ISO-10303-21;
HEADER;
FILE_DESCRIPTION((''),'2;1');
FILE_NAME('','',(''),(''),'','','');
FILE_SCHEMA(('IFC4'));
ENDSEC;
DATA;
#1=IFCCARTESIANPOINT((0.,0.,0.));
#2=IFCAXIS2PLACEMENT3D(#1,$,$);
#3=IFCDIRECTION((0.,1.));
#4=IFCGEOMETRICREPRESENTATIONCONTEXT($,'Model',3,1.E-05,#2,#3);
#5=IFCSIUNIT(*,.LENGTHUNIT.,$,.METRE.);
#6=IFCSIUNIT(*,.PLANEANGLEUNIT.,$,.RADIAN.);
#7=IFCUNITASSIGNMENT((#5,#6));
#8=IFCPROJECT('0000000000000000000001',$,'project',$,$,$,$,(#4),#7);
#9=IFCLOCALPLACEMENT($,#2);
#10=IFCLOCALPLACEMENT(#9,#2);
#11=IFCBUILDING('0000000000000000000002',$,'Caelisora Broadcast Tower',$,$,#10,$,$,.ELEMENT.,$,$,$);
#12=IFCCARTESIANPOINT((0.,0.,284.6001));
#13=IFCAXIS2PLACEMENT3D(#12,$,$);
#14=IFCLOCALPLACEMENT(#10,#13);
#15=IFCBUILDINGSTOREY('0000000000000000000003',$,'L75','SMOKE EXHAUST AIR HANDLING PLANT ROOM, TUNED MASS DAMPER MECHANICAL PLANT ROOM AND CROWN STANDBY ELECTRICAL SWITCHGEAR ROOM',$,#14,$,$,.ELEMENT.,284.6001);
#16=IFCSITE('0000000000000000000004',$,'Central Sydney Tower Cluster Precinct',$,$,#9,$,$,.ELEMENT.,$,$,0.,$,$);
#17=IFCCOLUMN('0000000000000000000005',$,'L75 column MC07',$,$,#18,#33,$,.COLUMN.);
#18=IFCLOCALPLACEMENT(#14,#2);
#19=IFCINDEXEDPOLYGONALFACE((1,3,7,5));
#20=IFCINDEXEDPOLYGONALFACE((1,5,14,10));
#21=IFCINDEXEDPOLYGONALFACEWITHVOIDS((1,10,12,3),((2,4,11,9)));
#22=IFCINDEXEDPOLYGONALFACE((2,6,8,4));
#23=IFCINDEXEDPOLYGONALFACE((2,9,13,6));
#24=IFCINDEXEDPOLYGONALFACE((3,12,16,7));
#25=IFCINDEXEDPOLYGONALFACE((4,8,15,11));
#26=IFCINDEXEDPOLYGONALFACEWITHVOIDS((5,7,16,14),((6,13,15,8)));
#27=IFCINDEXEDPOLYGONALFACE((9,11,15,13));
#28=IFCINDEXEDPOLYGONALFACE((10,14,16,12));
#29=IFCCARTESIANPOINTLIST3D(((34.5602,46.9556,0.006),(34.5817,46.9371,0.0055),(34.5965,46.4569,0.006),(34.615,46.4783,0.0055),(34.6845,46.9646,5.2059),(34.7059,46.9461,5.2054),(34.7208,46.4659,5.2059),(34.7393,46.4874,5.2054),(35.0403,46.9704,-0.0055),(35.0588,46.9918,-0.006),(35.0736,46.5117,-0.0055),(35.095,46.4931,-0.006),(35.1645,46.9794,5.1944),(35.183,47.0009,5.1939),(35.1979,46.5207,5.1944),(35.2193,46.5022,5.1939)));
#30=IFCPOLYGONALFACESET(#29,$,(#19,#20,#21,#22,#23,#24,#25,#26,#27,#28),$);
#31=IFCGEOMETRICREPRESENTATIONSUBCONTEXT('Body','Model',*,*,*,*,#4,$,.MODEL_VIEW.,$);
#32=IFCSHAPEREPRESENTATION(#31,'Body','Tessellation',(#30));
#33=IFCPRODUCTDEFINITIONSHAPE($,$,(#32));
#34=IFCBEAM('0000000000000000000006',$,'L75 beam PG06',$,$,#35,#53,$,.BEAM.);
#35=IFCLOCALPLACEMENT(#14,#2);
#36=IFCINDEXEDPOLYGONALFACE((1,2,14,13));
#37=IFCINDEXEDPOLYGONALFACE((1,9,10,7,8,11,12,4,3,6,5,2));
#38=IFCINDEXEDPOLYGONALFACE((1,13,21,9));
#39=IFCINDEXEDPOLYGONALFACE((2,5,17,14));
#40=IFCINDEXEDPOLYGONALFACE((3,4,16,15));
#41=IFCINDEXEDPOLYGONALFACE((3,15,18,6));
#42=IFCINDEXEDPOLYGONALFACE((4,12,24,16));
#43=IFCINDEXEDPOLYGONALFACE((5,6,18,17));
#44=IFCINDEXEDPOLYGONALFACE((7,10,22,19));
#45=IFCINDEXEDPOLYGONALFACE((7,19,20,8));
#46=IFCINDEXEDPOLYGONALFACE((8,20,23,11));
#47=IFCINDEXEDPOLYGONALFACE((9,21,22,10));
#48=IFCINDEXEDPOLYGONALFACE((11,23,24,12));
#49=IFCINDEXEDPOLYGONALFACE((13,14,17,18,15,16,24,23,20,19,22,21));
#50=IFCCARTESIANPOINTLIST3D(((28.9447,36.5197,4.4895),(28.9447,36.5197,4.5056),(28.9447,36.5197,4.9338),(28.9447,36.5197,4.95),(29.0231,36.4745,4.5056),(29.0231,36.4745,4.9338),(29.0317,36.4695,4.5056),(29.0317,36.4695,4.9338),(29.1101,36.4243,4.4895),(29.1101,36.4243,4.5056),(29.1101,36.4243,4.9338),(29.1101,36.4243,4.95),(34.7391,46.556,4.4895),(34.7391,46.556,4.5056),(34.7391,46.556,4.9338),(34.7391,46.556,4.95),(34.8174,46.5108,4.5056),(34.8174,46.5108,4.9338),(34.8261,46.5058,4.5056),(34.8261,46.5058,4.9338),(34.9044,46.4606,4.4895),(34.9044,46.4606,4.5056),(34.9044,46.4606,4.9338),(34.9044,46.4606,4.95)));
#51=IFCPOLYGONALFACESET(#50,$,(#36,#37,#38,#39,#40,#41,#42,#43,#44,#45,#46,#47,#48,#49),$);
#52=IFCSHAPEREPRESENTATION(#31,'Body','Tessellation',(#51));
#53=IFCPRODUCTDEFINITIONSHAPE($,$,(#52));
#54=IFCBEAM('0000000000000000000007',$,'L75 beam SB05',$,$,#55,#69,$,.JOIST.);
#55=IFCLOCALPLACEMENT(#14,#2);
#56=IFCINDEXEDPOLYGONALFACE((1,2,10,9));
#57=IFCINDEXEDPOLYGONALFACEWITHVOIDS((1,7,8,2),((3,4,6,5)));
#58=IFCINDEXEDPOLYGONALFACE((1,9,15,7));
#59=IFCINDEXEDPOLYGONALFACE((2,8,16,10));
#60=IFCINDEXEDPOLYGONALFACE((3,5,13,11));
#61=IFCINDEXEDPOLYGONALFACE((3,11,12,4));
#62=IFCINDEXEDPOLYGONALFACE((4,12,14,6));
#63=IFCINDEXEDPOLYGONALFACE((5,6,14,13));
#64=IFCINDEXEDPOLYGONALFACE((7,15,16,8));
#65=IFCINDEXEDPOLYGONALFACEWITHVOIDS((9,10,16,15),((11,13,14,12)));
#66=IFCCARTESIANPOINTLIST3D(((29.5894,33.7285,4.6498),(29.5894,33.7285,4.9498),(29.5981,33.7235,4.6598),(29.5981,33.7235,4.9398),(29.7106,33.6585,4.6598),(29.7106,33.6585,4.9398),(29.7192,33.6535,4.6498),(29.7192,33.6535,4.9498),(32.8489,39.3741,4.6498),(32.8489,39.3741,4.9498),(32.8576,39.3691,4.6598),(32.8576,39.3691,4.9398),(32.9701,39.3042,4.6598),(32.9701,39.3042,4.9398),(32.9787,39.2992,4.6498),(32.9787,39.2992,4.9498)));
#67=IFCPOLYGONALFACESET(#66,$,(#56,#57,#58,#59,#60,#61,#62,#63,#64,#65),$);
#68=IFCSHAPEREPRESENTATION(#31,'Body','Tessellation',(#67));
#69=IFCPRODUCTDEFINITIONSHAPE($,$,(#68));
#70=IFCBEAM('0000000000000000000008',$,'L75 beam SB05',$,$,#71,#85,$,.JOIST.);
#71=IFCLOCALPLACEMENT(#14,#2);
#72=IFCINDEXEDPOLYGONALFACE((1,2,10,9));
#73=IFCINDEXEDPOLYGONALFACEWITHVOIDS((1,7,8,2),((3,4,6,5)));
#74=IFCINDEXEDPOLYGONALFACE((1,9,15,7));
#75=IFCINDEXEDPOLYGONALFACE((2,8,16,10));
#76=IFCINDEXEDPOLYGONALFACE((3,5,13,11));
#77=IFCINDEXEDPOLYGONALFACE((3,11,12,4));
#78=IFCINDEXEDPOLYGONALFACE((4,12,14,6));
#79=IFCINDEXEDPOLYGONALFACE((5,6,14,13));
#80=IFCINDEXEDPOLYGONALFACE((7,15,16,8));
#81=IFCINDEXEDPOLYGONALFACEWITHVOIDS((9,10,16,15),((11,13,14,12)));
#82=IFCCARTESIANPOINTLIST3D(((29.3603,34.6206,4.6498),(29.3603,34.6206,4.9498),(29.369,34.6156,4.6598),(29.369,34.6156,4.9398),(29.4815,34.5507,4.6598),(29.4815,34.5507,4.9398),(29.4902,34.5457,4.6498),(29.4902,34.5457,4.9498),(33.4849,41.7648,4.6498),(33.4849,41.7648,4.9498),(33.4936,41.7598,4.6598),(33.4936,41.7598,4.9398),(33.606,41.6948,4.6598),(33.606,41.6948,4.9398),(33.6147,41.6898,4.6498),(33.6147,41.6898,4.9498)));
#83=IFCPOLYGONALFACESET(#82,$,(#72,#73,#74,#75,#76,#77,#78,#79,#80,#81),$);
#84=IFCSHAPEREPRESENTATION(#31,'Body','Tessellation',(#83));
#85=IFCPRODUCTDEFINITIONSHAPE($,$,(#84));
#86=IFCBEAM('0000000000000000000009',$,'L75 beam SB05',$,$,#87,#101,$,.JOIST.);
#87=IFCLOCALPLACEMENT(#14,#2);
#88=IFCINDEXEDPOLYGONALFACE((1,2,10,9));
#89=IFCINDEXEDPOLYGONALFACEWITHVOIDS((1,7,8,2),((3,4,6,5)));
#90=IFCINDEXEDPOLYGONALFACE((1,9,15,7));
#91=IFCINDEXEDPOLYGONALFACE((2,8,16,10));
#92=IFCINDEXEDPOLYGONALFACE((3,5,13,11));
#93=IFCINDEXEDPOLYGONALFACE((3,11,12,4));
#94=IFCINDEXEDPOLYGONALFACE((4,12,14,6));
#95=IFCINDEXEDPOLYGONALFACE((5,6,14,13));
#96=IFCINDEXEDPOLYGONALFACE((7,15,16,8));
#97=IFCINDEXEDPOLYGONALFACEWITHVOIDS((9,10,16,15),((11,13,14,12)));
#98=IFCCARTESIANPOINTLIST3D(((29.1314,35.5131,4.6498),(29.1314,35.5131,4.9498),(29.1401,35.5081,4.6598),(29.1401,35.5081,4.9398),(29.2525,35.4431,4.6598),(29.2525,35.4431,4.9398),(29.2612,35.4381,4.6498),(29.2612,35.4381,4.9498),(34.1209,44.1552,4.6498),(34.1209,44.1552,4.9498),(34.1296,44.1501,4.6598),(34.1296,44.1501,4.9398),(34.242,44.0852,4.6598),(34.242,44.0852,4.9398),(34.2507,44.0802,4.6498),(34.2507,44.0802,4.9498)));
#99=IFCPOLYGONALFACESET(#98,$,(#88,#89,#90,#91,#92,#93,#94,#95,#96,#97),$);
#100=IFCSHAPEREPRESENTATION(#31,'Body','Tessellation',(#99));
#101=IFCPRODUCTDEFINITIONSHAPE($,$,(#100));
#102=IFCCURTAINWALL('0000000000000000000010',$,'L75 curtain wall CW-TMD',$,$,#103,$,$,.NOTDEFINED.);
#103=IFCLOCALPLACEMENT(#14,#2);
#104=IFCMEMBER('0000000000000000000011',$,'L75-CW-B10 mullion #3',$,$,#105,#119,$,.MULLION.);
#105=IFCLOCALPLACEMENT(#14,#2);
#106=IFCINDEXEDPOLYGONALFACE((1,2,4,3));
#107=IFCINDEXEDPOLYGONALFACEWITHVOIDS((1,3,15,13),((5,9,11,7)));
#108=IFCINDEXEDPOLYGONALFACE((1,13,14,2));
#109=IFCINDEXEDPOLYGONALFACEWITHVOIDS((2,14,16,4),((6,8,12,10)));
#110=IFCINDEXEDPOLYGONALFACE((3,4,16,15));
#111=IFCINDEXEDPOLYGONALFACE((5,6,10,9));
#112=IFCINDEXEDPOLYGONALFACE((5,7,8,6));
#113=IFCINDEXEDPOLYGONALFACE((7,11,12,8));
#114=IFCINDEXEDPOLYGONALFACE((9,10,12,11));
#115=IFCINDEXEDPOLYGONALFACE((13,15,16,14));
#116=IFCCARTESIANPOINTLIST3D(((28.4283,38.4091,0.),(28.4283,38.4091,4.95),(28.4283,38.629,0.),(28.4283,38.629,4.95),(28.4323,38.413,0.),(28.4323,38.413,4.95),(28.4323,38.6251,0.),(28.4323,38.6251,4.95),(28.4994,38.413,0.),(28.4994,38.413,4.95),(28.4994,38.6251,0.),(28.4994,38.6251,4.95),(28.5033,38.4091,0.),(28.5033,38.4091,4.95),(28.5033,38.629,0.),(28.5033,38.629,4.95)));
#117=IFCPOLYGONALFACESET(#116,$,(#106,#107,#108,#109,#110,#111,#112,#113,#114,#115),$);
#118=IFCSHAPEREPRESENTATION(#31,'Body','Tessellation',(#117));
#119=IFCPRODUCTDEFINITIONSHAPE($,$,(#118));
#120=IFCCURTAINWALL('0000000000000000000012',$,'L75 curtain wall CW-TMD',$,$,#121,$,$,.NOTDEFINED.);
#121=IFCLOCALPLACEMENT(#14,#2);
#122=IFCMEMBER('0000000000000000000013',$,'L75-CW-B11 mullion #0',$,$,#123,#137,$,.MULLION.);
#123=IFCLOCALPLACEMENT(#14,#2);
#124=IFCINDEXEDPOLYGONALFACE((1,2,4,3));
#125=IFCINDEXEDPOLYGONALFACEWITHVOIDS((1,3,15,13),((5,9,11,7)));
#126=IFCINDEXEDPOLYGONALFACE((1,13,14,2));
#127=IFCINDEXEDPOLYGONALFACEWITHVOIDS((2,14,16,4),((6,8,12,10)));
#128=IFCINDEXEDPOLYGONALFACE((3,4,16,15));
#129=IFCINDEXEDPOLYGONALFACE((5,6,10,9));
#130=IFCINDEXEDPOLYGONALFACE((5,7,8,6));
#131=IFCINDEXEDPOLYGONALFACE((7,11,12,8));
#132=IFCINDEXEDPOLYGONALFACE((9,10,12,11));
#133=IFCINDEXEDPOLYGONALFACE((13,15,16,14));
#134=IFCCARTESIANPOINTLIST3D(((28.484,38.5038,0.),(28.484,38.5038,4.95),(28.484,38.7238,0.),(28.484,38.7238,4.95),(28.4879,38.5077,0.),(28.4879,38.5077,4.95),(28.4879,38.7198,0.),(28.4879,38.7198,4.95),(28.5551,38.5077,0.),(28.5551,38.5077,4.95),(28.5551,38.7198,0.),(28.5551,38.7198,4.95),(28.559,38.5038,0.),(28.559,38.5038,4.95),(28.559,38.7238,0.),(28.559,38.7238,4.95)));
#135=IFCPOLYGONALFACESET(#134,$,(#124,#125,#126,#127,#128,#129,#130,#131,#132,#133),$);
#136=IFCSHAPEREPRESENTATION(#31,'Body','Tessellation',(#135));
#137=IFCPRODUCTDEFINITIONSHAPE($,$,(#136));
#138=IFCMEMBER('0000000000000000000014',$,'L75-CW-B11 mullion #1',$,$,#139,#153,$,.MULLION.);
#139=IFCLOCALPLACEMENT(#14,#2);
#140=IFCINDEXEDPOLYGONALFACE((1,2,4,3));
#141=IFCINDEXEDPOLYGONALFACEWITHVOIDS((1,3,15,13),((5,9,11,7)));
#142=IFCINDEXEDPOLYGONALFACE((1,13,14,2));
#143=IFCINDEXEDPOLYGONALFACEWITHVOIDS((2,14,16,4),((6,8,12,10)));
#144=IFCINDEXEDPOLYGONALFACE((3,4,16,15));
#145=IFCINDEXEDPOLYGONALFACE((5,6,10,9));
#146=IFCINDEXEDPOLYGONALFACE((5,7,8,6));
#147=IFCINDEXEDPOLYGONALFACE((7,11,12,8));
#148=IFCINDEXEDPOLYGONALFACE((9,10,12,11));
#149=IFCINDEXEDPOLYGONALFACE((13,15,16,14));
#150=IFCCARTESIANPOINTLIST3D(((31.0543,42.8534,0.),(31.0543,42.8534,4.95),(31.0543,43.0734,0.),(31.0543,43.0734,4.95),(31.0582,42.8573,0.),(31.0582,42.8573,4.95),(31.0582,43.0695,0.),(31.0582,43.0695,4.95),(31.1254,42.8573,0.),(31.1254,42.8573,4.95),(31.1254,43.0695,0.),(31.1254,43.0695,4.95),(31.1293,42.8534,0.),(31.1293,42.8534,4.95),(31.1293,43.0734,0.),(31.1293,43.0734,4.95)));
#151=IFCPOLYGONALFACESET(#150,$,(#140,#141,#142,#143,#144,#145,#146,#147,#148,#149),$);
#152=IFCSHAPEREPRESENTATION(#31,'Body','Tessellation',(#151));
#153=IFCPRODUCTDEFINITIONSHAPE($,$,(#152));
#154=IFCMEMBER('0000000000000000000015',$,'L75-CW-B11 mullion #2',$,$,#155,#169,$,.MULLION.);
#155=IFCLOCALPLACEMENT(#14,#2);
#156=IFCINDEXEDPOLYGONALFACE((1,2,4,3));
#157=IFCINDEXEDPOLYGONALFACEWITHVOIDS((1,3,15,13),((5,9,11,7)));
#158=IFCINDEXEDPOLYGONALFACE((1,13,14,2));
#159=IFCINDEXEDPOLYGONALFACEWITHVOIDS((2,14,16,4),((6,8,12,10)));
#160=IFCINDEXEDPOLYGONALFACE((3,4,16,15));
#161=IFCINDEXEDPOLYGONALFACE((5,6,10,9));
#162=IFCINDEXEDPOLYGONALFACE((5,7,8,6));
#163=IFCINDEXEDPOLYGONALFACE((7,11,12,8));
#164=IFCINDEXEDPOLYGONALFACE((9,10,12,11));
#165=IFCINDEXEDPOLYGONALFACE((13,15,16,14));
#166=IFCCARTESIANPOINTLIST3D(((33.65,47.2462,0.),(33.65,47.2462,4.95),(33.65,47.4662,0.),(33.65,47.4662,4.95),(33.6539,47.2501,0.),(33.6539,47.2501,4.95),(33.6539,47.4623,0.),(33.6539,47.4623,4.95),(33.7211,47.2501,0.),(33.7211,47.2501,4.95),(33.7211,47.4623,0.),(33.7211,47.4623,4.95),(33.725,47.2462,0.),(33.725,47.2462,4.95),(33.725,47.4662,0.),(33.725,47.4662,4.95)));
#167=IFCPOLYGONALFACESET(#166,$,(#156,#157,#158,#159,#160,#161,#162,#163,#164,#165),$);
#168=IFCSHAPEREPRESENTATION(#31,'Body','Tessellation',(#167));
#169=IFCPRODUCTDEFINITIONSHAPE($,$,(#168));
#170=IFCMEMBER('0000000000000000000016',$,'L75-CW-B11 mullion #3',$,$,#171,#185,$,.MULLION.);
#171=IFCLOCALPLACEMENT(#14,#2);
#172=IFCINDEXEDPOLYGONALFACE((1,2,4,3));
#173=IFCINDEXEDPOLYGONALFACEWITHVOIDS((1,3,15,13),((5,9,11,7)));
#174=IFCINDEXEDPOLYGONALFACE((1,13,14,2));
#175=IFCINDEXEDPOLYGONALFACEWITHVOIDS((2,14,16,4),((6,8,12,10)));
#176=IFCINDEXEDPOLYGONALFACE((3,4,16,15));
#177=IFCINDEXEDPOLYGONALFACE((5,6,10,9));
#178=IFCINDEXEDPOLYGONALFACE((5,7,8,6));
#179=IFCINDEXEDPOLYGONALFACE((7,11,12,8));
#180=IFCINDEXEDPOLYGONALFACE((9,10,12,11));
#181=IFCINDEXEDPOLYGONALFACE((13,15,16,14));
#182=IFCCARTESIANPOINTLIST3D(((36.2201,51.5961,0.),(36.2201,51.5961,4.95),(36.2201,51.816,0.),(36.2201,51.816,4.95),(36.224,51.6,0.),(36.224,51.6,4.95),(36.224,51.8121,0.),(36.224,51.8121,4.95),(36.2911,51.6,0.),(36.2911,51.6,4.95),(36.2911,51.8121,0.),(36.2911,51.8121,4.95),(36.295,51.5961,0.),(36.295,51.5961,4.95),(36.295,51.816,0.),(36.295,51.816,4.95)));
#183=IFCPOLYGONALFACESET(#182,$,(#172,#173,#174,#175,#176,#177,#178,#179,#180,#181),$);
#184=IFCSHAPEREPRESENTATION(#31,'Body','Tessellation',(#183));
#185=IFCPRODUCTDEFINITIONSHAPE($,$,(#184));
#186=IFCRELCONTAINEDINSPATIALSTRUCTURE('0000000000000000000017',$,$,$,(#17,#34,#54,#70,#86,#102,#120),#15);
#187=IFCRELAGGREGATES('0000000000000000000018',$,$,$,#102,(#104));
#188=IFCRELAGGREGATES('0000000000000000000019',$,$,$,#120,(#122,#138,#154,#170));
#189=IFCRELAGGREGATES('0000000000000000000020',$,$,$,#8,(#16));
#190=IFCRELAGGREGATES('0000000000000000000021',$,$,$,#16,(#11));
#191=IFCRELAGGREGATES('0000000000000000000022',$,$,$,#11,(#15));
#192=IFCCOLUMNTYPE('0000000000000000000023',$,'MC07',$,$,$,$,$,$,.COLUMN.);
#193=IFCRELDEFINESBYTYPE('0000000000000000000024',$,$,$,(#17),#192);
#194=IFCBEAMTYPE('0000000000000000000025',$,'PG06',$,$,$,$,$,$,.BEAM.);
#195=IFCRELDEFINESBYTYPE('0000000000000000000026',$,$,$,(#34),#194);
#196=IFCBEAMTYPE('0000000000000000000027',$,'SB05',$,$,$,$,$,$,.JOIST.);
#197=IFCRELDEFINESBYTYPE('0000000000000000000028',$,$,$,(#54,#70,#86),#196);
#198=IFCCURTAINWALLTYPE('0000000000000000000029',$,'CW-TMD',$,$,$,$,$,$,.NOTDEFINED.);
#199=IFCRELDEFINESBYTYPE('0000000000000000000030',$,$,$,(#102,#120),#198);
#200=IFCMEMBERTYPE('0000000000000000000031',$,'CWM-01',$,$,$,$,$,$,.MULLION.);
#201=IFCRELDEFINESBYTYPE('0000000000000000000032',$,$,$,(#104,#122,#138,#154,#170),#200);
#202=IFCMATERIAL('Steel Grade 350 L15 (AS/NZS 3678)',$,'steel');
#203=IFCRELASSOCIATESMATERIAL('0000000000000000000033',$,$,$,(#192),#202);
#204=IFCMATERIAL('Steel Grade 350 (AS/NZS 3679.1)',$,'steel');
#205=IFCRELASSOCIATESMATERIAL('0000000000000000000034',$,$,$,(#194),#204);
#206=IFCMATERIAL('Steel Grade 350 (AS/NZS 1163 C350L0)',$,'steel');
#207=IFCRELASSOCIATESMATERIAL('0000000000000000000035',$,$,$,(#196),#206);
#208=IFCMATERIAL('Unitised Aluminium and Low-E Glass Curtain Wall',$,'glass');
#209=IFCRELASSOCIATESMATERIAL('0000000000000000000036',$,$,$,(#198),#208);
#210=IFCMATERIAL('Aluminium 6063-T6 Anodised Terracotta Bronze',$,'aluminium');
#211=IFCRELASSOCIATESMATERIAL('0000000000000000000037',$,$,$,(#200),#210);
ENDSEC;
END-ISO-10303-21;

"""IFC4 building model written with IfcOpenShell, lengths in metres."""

from ifc_helpers import new_model, si_unit, direction, frame, origin, origin_2d, place, context, subcontext, project, spatial, hollow_rectangle, i_section, extrude, source, transform, mapped, material, material_profile, profile_set, type_object, type_shapes, element, aggregate, save


model = new_model("IFC4")

# Units and contexts
model_context = context("Model", 3, precision=1e-05, world=origin(), true_north=direction((0.0, 1.0)))
body_context = subcontext(model_context, "Body", "Model", "MODEL_VIEW")
ifc_project = project(units=[si_unit("LENGTHUNIT", "METRE"), si_unit("PLANEANGLEUNIT", "RADIAN")], contexts=[model_context])

# Site, building, storey
site_placement = place(None, origin())
site = spatial("IfcSite", under=ifc_project, at=site_placement, Name="Central Sydney Tower Cluster Precinct", CompositionType="ELEMENT", RefElevation=0.0)
building_placement = place(site_placement, origin())
building = spatial("IfcBuilding", under=site, at=building_placement, Name="Caelisora Broadcast Tower", CompositionType="ELEMENT")
storey_placement = place(building_placement, frame((0.0, 0.0, 284.6001)))
storey = spatial("IfcBuildingStorey", under=building, at=storey_placement, Name="L75", Description="SMOKE EXHAUST AIR HANDLING PLANT ROOM, TUNED MASS DAMPER MECHANICAL PLANT ROOM AND CROWN STANDBY ELECTRICAL SWITCHGEAR ROOM", CompositionType="ELEMENT", Elevation=284.6001)

# Column
ifc_material_1 = material(Name="Steel Grade 350 L15 (AS/NZS 3678)", Category="steel")
ifc_material_profile_1 = material_profile(ifc_material_1, hollow_rectangle(XDim=0.5, YDim=0.5, WallThickness=0.02, at=origin_2d()), Name="Steel Grade 350 L15 (AS/NZS 3678)")
ifc_profile_set_1 = profile_set([ifc_material_profile_1], Name="Steel Grade 350 L15 (AS/NZS 3678)")
column_type = type_object("IfcColumnType", Name="MC07", PredefinedType="COLUMN", material=ifc_profile_set_1)
shared_shape_1 = source(origin(), body_context, "Body", "SweptSolid", [
    extrude(hollow_rectangle(XDim=0.5, YDim=0.5, WallThickness=0.02, at=origin_2d()), origin(), (0.0, 0.0, 1.0), 5.2014),
])
type_shapes(column_type, [shared_shape_1])
column_placement = place(storey_placement, frame((34.8276, 46.7244, 0.0), z_axis=(0.023891, 0.001737, 0.999713), x_axis=(-0.0725, 0.997368, 0.0)))
element("IfcColumn", 1, at=column_placement, inside=storey, type_object=column_type, Name="L75 column MC07", PredefinedType="COLUMN", context=body_context, shape_type="MappedRepresentation", body=[
    mapped(shared_shape_1, transform((0.0, 0.0, 0.0), scale=1.0)),
])

# Beams
ifc_material_2 = material(Name="Steel Grade 350 (AS/NZS 3679.1)", Category="steel")
ifc_material_profile_2 = material_profile(ifc_material_2, i_section(OverallWidth=0.1909, OverallDepth=0.4604, WebThickness=0.01, FlangeThickness=0.0161, at=origin_2d()), Name="Steel Grade 350 (AS/NZS 3679.1)")
ifc_profile_set_2 = profile_set([ifc_material_profile_2], Name="Steel Grade 350 (AS/NZS 3679.1)")
beam_type_1 = type_object("IfcBeamType", Name="PG06", PredefinedType="BEAM", material=ifc_profile_set_2)
shared_shape_2 = source(origin(), body_context, "Body", "SweptSolid", [
    extrude(i_section(OverallWidth=0.1909, OverallDepth=0.4604, WebThickness=0.01, FlangeThickness=0.0161, at=origin_2d()), origin(), (0.0, 0.0, 1.0), 11.5889),
])
type_shapes(beam_type_1, [shared_shape_2])
beam_1_placement = place(storey_placement, frame((34.8218, 46.5083, 4.7197), z_axis=(-0.499995, -0.866028, 0.0), x_axis=(0.866028, -0.499995, 0.0)))
element("IfcBeam", 2, at=beam_1_placement, inside=storey, type_object=beam_type_1, Name="L75 beam PG06", PredefinedType="BEAM", context=body_context, shape_type="MappedRepresentation", body=[
    mapped(shared_shape_2, transform((0.0, 0.0, 0.0), scale=1.0)),
])
ifc_material_3 = material(Name="Steel Grade 350 (AS/NZS 1163 C350L0)", Category="steel")
ifc_material_profile_3 = material_profile(ifc_material_3, hollow_rectangle(XDim=0.1499, YDim=0.3, WallThickness=0.01, at=origin_2d()), Name="Steel Grade 350 (AS/NZS 1163 C350L0)")
ifc_profile_set_3 = profile_set([ifc_material_profile_3], Name="Steel Grade 350 (AS/NZS 1163 C350L0)")
beam_type_2 = type_object("IfcBeamType", Name="SB05", PredefinedType="JOIST", material=ifc_profile_set_3)
shared_shape_3 = source(origin(), body_context, "Body", "SweptSolid", [
    extrude(hollow_rectangle(XDim=0.1499, YDim=0.3, WallThickness=0.01, at=origin_2d()), origin(), (0.0, 0.0, 1.0), 6.519),
])
beam_2_placement = place(storey_placement, frame((32.9138, 39.3367, 4.7998), z_axis=(-0.499994, -0.866029, 0.0), x_axis=(0.866029, -0.499994, 0.0)))
element("IfcBeam", 3, at=beam_2_placement, inside=storey, type_object=beam_type_2, Name="L75 beam SB05", PredefinedType="JOIST", context=body_context, shape_type="MappedRepresentation", body=[
    mapped(shared_shape_3, transform((0.0, 0.0, 0.0), scale=1.0)),
])
shared_shape_4 = source(origin(), body_context, "Body", "SweptSolid", [
    extrude(hollow_rectangle(XDim=0.1499, YDim=0.3, WallThickness=0.01, at=origin_2d()), origin(), (0.0, 0.0, 1.0), 8.2493),
])
beam_3_placement = place(storey_placement, frame((33.5498, 41.7273, 4.7998), z_axis=(-0.499991, -0.866031, 0.0), x_axis=(0.866031, -0.499991, 0.0)))
element("IfcBeam", 4, at=beam_3_placement, inside=storey, type_object=beam_type_2, Name="L75 beam SB05", PredefinedType="JOIST", context=body_context, shape_type="MappedRepresentation", body=[
    mapped(shared_shape_4, transform((0.0, 0.0, 0.0), scale=1.0)),
])
shared_shape_5 = source(origin(), body_context, "Body", "SweptSolid", [
    extrude(hollow_rectangle(XDim=0.1499, YDim=0.3, WallThickness=0.01, at=origin_2d()), origin(), (0.0, 0.0, 1.0), 9.979),
])
type_shapes(beam_type_2, [shared_shape_3, shared_shape_4, shared_shape_5])
beam_4_placement = place(storey_placement, frame((34.1858, 44.1177, 4.7998), z_axis=(-0.499999, -0.866026, 0.0), x_axis=(0.866026, -0.499999, 0.0)))
element("IfcBeam", 5, at=beam_4_placement, inside=storey, type_object=beam_type_2, Name="L75 beam SB05", PredefinedType="JOIST", context=body_context, shape_type="MappedRepresentation", body=[
    mapped(shared_shape_5, transform((0.0, 0.0, 0.0), scale=1.0)),
])

# Curtain wall, member
ifc_material_4 = material(Name="Unitised Aluminium and Low-E Glass Curtain Wall", Category="glass")
curtain_wall_type = type_object("IfcCurtainWallType", Name="CW-TMD", PredefinedType="NOTDEFINED", material=ifc_material_4)
curtain_wall_1_placement = place(storey_placement, origin())
curtain_wall_1 = element("IfcCurtainWall", 6, at=curtain_wall_1_placement, inside=storey, type_object=curtain_wall_type, Name="L75 curtain wall CW-TMD", PredefinedType="NOTDEFINED")
ifc_material_5 = material(Name="Aluminium 6063-T6 Anodised Terracotta Bronze", Category="aluminium")
ifc_material_profile_4 = material_profile(ifc_material_5, hollow_rectangle(XDim=0.075, YDim=0.22, WallThickness=0.0039, at=origin_2d()), Name="Aluminium 6063-T6 Anodised Terracotta Bronze")
ifc_profile_set_4 = profile_set([ifc_material_profile_4], Name="Aluminium 6063-T6 Anodised Terracotta Bronze")
member_type_1 = type_object("IfcMemberType", Name="CWM-01", PredefinedType="MULLION", material=ifc_profile_set_4)
shared_shape_6 = source(origin(), body_context, "Body", "SweptSolid", [
    extrude(hollow_rectangle(XDim=0.075, YDim=0.22, WallThickness=0.0039, at=origin_2d()), origin(), (0.0, 0.0, 1.0), 4.95),
])
type_shapes(member_type_1, [shared_shape_6])
member_1_placement = place(storey_placement, frame((28.4658, 38.519, 0.0), z_axis=(0.0, 0.0, 1.0), x_axis=(1.0, 0.0, 0.0)))
member_1 = element("IfcMember", 7, at=member_1_placement, type_object=member_type_1, Name="L75-CW-B10 mullion #3", PredefinedType="MULLION", context=body_context, shape_type="MappedRepresentation", body=[
    mapped(shared_shape_6, transform((0.0, 0.0, 0.0), scale=1.0)),
])
aggregate(curtain_wall_1, [member_1])

# Curtain wall, members
curtain_wall_2_placement = place(storey_placement, origin())
curtain_wall_2 = element("IfcCurtainWall", 8, at=curtain_wall_2_placement, inside=storey, type_object=curtain_wall_type, Name="L75 curtain wall CW-TMD", PredefinedType="NOTDEFINED")
member_2_placement = place(storey_placement, frame((28.5215, 38.6138, 0.0), z_axis=(0.0, 0.0, 1.0), x_axis=(1.0, 0.0, 0.0)))
member_2 = element("IfcMember", 9, at=member_2_placement, type_object=member_type_1, Name="L75-CW-B11 mullion #0", PredefinedType="MULLION", context=body_context, shape_type="MappedRepresentation", body=[
    mapped(shared_shape_6, transform((0.0, 0.0, 0.0), scale=1.0)),
])
member_3_placement = place(storey_placement, frame((31.0918, 42.9634, 0.0), z_axis=(0.0, 0.0, 1.0), x_axis=(1.0, 0.0, 0.0)))
member_3 = element("IfcMember", 10, at=member_3_placement, type_object=member_type_1, Name="L75-CW-B11 mullion #1", PredefinedType="MULLION", context=body_context, shape_type="MappedRepresentation", body=[
    mapped(shared_shape_6, transform((0.0, 0.0, 0.0), scale=1.0)),
])
member_4_placement = place(storey_placement, frame((33.6875, 47.3562, 0.0), z_axis=(0.0, 0.0, 1.0), x_axis=(1.0, 0.0, 0.0)))
member_4 = element("IfcMember", 11, at=member_4_placement, type_object=member_type_1, Name="L75-CW-B11 mullion #2", PredefinedType="MULLION", context=body_context, shape_type="MappedRepresentation", body=[
    mapped(shared_shape_6, transform((0.0, 0.0, 0.0), scale=1.0)),
])
member_5_placement = place(storey_placement, frame((36.2576, 51.7061, 0.0), z_axis=(0.0, 0.0, 1.0), x_axis=(1.0, 0.0, 0.0)))
member_5 = element("IfcMember", 12, at=member_5_placement, type_object=member_type_1, Name="L75-CW-B11 mullion #3", PredefinedType="MULLION", context=body_context, shape_type="MappedRepresentation", body=[
    mapped(shared_shape_6, transform((0.0, 0.0, 0.0), scale=1.0)),
])

aggregate(curtain_wall_2, [member_2, member_3, member_4, member_5])

save(model, "model.ifc")
